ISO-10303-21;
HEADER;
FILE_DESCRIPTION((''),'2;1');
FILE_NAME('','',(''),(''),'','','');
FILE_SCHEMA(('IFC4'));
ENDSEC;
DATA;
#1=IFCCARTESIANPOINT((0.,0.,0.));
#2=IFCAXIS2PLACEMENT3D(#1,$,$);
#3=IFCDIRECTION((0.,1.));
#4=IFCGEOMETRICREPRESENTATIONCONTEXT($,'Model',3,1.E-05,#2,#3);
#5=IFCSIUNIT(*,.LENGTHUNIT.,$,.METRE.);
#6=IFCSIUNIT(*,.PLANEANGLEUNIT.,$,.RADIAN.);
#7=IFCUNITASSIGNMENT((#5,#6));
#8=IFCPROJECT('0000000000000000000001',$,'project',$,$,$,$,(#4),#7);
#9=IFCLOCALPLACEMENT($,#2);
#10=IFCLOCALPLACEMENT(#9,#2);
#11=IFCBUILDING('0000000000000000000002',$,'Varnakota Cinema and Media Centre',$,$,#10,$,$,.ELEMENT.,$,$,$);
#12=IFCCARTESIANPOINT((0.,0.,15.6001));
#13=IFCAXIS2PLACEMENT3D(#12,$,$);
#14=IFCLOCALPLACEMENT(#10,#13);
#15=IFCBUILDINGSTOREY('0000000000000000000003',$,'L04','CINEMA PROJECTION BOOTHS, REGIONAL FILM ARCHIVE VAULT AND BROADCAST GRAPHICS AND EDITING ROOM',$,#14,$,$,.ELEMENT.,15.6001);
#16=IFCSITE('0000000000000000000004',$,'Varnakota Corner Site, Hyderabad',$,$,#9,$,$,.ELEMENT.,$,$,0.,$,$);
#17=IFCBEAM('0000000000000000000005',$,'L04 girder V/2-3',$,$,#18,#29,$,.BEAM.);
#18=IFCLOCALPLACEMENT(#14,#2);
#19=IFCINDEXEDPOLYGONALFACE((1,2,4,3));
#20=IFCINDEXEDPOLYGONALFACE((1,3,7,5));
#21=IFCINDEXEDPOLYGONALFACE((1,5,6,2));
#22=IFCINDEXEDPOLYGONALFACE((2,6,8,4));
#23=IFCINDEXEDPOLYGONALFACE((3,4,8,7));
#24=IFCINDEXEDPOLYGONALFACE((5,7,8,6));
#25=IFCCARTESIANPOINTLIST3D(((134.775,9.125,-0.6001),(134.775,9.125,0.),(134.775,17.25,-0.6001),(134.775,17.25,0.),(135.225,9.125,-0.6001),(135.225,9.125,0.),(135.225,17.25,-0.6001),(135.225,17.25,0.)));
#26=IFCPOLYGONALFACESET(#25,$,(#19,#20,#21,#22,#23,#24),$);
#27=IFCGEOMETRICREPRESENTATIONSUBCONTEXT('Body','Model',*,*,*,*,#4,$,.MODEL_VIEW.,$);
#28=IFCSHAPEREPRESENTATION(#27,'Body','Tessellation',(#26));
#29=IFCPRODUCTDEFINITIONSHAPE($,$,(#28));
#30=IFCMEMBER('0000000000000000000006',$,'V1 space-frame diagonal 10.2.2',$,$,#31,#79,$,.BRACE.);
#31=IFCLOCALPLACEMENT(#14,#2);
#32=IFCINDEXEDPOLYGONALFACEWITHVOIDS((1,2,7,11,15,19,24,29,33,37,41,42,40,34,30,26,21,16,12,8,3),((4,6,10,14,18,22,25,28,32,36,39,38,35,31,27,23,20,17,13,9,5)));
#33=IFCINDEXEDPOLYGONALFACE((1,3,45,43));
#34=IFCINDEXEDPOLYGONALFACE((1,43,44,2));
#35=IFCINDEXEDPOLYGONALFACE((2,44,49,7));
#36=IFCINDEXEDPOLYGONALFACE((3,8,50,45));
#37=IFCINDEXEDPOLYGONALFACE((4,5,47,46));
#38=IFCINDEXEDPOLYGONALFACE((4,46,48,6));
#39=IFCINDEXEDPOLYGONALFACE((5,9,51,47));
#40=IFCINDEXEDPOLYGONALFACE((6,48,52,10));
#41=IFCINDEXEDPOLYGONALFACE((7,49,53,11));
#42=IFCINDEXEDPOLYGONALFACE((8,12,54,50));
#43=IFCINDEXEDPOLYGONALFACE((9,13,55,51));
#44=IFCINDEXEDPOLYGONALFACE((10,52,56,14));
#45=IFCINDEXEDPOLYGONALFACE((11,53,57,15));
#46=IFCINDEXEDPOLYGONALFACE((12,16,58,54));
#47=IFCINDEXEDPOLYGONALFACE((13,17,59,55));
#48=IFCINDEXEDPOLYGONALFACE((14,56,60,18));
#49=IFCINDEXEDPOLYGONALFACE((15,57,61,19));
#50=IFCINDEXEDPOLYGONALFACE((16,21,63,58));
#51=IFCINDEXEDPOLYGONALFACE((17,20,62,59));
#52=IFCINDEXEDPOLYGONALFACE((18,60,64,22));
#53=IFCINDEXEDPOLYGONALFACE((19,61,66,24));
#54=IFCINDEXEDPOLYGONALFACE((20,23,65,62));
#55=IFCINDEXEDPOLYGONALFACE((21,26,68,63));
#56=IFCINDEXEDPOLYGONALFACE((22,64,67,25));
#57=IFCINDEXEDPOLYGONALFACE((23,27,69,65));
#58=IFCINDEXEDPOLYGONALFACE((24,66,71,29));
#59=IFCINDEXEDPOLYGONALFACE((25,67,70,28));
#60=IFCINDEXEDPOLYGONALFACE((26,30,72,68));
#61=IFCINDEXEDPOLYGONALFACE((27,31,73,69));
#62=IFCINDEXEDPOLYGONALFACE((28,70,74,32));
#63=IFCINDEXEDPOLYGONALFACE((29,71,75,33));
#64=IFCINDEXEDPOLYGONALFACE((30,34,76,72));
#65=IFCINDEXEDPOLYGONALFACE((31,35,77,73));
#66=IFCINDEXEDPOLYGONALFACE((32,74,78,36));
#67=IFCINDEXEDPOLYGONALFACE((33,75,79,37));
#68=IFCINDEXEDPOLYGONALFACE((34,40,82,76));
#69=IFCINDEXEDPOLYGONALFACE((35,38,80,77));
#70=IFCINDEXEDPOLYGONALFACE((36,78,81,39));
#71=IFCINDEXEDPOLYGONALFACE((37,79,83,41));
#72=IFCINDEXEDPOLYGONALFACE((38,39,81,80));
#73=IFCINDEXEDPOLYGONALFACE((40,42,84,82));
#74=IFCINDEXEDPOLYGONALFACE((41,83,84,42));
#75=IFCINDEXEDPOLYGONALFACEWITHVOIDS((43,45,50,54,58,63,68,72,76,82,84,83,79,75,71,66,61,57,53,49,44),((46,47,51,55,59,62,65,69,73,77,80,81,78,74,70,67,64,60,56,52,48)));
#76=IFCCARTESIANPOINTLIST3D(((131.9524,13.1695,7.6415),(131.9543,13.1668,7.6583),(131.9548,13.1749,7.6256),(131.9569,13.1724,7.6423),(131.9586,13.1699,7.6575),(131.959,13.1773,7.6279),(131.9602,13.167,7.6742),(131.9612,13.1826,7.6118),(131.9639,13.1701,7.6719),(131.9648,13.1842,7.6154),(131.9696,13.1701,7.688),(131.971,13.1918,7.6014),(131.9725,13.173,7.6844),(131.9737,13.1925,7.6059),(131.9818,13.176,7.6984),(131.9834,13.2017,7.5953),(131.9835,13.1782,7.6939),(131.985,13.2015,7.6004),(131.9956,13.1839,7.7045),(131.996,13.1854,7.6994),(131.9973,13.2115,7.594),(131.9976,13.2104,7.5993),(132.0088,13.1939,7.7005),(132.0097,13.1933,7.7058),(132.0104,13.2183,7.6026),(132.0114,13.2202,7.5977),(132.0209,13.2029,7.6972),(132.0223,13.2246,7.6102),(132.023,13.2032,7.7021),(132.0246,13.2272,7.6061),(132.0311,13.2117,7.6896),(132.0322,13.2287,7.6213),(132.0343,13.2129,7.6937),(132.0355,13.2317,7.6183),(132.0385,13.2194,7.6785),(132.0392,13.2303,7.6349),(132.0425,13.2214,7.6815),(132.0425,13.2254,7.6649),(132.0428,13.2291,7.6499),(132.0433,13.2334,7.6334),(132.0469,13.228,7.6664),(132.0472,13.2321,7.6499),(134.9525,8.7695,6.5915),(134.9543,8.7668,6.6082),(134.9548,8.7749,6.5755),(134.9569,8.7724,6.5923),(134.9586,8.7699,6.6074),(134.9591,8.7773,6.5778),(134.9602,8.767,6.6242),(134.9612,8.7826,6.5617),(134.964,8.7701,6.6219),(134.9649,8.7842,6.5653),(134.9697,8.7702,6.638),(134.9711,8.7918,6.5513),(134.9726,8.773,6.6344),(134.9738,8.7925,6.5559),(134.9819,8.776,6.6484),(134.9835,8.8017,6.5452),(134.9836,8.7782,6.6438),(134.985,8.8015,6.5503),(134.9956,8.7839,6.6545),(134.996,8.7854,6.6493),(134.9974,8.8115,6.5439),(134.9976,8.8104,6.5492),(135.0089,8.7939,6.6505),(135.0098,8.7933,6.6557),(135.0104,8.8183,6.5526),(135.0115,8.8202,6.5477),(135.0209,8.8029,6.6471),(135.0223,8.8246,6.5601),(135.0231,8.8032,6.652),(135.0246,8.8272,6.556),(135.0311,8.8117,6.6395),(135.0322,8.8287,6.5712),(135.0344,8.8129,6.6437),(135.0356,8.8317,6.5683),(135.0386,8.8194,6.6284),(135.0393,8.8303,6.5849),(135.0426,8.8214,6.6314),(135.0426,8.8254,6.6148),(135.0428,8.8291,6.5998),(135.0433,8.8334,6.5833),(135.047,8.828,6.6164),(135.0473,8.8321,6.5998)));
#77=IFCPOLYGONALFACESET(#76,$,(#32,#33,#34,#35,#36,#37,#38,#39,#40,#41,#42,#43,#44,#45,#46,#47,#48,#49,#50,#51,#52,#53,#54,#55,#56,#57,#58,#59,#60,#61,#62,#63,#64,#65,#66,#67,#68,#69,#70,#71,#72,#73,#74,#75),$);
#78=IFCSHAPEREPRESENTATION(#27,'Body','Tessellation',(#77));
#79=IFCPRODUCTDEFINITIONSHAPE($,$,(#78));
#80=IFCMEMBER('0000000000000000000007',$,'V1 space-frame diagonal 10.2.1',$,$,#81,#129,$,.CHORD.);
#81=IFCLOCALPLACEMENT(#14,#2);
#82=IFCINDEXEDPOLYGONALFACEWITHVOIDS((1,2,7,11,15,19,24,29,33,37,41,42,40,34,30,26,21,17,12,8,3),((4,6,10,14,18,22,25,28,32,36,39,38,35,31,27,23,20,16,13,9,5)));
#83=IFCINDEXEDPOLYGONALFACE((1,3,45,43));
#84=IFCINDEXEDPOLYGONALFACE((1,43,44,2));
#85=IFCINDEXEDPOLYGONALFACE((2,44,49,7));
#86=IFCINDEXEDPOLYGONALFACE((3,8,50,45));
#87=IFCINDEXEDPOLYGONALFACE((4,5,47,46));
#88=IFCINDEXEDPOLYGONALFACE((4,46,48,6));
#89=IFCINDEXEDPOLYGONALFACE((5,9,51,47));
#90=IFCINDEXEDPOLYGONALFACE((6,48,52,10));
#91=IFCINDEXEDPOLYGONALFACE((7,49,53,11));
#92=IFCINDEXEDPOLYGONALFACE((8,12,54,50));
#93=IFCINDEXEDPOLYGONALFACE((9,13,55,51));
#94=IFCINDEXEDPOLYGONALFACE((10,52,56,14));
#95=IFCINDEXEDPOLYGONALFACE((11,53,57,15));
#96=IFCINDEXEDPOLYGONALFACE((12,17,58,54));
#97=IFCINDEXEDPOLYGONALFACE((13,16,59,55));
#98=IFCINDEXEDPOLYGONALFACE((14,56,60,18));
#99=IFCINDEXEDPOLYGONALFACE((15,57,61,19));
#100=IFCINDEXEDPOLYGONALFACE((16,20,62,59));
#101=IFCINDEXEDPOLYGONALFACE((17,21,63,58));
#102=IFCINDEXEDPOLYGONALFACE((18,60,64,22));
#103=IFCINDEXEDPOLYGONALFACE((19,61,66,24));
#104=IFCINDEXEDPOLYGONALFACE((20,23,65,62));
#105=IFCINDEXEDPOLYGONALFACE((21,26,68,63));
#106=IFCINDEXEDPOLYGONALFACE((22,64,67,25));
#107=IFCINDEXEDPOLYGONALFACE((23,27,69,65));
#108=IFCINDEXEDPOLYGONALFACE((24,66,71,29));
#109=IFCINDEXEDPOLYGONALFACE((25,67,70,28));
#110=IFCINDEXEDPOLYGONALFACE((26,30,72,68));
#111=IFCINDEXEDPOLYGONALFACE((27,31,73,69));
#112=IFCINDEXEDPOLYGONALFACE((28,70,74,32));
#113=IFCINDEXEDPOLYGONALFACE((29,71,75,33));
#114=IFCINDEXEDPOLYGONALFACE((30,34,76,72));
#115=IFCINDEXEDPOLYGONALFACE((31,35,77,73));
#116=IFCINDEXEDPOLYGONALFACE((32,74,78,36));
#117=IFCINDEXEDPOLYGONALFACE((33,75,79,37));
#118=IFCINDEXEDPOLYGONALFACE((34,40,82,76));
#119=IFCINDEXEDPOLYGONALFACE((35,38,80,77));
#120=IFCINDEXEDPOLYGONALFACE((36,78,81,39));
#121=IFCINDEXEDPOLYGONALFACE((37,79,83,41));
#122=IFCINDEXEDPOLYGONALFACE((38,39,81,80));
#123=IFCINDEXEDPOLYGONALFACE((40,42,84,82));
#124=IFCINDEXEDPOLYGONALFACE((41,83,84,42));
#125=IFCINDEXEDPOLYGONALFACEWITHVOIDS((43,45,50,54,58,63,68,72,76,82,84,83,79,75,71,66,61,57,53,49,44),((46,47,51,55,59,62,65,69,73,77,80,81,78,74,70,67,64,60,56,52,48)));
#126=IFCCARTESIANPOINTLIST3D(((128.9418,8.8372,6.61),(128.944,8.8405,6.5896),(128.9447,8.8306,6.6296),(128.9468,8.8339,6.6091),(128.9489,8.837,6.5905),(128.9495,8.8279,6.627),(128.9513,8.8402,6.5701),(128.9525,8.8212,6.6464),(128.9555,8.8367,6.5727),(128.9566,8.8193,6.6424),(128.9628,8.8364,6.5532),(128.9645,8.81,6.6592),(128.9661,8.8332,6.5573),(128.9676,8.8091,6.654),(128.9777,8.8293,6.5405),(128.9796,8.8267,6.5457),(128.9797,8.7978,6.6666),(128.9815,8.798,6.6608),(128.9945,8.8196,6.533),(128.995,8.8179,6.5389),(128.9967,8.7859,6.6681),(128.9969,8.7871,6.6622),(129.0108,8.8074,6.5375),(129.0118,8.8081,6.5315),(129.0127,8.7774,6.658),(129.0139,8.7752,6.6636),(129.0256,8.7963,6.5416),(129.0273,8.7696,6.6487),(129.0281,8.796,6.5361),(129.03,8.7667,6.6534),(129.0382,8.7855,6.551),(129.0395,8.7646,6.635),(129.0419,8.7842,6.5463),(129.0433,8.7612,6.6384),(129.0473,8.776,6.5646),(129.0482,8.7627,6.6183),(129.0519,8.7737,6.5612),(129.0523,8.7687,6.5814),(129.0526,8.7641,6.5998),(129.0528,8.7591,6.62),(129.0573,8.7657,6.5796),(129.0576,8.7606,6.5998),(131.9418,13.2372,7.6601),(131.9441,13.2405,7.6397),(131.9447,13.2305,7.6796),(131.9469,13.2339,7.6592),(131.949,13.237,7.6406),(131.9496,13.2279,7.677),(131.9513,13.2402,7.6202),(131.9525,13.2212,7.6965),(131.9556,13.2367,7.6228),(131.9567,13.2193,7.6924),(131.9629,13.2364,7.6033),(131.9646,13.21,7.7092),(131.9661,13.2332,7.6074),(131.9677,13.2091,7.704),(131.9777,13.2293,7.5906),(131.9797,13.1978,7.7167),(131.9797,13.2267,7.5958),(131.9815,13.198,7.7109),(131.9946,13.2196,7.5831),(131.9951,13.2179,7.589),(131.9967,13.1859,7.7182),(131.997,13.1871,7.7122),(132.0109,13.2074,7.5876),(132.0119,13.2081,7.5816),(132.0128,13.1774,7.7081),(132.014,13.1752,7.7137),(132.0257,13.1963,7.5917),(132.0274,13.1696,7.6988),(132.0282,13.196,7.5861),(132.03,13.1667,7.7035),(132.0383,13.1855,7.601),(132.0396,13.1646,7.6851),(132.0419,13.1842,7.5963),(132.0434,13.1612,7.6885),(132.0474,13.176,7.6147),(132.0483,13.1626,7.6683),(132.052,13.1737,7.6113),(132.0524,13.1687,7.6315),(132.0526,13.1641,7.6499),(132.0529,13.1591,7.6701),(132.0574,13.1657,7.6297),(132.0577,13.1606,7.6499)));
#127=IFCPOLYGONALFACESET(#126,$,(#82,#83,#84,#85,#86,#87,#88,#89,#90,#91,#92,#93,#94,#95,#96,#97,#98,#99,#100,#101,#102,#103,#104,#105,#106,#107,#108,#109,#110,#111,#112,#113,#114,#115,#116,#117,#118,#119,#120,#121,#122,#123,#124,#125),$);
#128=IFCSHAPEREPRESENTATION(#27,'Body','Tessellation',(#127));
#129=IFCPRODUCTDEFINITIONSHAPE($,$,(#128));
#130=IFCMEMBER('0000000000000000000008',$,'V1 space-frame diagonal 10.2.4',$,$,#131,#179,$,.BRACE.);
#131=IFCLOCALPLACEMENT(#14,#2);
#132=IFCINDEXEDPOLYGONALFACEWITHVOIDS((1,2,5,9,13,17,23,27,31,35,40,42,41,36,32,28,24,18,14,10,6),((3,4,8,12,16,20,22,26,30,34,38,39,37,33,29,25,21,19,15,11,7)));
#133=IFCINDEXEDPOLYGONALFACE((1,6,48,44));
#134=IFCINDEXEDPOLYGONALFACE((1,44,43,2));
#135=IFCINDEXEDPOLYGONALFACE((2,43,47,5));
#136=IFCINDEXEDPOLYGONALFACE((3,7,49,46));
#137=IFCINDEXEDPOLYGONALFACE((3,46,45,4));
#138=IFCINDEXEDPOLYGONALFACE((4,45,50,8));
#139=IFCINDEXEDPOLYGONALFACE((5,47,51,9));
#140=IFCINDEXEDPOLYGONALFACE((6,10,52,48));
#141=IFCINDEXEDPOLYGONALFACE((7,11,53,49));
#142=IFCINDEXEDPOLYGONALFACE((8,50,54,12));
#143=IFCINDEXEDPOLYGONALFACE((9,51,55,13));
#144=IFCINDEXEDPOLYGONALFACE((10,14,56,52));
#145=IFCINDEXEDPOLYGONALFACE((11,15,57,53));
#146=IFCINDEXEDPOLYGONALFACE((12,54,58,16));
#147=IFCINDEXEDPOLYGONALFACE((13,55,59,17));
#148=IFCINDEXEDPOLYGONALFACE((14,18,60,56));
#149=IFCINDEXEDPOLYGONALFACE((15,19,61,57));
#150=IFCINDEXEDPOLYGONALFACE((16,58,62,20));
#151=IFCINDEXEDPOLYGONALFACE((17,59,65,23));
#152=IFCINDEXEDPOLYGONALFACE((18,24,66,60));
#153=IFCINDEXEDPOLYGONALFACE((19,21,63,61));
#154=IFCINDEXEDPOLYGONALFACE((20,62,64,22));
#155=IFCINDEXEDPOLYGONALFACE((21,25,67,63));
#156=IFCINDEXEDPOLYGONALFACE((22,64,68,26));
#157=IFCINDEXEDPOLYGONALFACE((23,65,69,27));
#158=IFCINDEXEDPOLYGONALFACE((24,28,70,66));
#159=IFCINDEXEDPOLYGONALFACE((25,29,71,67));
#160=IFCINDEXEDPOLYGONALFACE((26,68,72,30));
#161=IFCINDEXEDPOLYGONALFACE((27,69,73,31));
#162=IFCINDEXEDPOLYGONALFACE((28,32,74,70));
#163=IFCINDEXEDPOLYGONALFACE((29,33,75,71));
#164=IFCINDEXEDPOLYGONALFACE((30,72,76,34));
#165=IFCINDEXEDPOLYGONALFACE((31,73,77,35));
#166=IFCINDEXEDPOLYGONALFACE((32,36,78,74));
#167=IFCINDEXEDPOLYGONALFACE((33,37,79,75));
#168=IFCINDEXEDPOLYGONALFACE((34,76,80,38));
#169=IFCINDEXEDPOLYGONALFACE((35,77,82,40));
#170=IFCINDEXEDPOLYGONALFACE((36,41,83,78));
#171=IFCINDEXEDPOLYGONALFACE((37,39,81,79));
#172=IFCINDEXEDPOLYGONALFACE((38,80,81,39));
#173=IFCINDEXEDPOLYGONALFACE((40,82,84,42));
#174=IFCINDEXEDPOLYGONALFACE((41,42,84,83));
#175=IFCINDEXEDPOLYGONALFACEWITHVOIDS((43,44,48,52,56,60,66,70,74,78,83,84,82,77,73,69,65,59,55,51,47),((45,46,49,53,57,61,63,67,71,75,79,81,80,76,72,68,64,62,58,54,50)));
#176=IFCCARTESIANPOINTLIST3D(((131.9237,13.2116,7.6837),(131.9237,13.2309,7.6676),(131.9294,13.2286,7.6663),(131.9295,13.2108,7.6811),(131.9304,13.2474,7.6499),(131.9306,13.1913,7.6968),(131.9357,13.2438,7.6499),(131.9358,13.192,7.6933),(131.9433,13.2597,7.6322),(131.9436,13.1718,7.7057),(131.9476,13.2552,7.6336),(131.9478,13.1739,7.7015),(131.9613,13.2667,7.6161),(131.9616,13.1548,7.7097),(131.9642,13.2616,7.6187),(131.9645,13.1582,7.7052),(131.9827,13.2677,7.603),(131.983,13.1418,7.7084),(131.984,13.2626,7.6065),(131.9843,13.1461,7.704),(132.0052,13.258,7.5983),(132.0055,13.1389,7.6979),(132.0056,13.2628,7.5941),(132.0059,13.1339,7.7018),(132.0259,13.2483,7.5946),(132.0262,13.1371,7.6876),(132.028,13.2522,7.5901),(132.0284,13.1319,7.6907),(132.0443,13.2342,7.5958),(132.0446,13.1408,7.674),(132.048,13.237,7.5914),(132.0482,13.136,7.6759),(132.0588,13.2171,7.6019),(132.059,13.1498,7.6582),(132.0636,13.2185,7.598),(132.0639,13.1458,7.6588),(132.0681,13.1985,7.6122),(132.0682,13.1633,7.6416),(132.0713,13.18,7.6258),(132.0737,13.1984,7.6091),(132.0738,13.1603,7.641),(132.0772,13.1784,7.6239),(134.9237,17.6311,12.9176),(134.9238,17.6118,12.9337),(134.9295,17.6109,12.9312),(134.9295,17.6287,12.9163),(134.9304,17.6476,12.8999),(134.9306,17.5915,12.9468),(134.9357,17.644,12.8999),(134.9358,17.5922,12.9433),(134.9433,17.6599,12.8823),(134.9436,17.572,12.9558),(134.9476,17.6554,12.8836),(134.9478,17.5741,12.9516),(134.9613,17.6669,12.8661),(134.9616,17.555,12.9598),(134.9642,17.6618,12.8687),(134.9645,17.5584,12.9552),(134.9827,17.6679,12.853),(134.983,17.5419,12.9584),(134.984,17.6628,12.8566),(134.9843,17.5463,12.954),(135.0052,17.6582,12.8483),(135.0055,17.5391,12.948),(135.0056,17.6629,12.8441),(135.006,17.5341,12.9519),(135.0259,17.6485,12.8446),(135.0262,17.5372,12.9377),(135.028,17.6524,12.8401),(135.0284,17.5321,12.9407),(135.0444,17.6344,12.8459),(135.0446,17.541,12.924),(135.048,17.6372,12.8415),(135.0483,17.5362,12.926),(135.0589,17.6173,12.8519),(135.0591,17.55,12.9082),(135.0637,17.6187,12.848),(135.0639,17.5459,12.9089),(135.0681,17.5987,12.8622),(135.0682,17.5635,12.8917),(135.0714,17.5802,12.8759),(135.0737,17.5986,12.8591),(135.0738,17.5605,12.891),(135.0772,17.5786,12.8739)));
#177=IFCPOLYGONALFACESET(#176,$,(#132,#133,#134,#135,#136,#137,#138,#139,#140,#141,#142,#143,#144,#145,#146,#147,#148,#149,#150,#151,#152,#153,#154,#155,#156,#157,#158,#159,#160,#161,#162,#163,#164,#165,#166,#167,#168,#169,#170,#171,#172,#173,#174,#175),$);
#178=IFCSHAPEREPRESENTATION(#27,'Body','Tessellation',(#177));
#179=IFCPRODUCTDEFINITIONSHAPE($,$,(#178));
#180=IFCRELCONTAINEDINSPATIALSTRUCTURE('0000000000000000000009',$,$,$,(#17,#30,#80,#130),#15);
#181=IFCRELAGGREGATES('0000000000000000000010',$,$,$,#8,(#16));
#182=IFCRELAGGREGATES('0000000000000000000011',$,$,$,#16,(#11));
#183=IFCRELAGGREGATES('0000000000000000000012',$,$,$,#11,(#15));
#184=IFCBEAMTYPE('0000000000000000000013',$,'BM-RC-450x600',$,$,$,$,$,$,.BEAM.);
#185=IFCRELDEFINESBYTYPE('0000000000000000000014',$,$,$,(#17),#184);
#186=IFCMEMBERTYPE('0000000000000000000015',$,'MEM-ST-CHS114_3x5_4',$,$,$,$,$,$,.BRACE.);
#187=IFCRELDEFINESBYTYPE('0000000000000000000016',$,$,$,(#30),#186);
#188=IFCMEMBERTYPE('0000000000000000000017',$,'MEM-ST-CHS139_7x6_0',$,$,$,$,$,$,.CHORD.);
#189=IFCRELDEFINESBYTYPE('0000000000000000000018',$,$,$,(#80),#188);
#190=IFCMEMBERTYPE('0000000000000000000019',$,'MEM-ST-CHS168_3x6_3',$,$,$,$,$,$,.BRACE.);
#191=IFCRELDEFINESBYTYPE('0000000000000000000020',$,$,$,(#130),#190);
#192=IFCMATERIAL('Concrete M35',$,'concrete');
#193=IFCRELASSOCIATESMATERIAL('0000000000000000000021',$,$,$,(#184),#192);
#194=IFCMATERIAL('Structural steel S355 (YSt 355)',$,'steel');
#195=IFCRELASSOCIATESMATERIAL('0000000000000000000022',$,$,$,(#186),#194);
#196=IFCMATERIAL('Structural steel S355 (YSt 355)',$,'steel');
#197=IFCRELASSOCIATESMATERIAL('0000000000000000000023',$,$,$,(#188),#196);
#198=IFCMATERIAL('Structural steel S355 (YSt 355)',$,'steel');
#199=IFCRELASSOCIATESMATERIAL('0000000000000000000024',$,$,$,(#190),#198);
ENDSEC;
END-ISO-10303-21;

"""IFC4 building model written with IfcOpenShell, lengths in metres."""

from ifc_helpers import new_model, si_unit, direction, frame, origin, origin_2d, place, context, subcontext, project, spatial, rectangle, hollow_circle, extrude, material, material_profile, profile_set, type_object, element, save


model = new_model("IFC4")

# Units and contexts
model_context = context("Model", 3, precision=1e-05, world=origin(), true_north=direction((0.0, 1.0)))
body_context = subcontext(model_context, "Body", "Model", "MODEL_VIEW")
ifc_project = project(units=[si_unit("LENGTHUNIT", "METRE"), si_unit("PLANEANGLEUNIT", "RADIAN")], contexts=[model_context])

# Site, building, storey
site_placement = place(None, origin())
site = spatial("IfcSite", under=ifc_project, at=site_placement, Name="Varnakota Corner Site, Hyderabad", CompositionType="ELEMENT", RefElevation=0.0)
building_placement = place(site_placement, origin())
building = spatial("IfcBuilding", under=site, at=building_placement, Name="Varnakota Cinema and Media Centre", CompositionType="ELEMENT")
storey_placement = place(building_placement, frame((0.0, 0.0, 15.6001)))
storey = spatial("IfcBuildingStorey", under=building, at=storey_placement, Name="L04", Description="CINEMA PROJECTION BOOTHS, REGIONAL FILM ARCHIVE VAULT AND BROADCAST GRAPHICS AND EDITING ROOM", CompositionType="ELEMENT", Elevation=15.6001)

# Beam
ifc_material_1 = material(Name="Concrete M35", Category="concrete")
ifc_material_profile_1 = material_profile(ifc_material_1, rectangle(XDim=0.45, YDim=0.6001, at=origin_2d()), Name="RCB 450x600")
ifc_profile_set_1 = profile_set([ifc_material_profile_1], Name="Concrete M35")
beam_type = type_object("IfcBeamType", Name="BM-RC-450x600", PredefinedType="BEAM", material=ifc_profile_set_1)
beam_placement = place(storey_placement, frame((135.0, 9.125, -0.3), z_axis=(0.0, 1.0, 0.0), x_axis=(-1.0, 0.0, 0.0)))
element("IfcBeam", 1, at=beam_placement, inside=storey, type_object=beam_type, Name="L04 girder V/2-3", PredefinedType="BEAM", context=body_context, shape_type="SweptSolid", body=[
    extrude(rectangle(XDim=0.45, YDim=0.6001, at=origin_2d()), origin(), (0.0, 0.0, 1.0), 8.125),
])

# Members
ifc_material_2 = material(Name="Structural steel S355 (YSt 355)", Category="steel")
ifc_material_profile_2 = material_profile(ifc_material_2, hollow_circle(Radius=0.0571, WallThickness=0.0054, at=origin_2d()), Name="CHS 114.3x5.4")
ifc_profile_set_2 = profile_set([ifc_material_profile_2], Name="Structural steel S355 (YSt 355)")
member_type_1 = type_object("IfcMemberType", Name="MEM-ST-CHS114_3x5_4", PredefinedType="BRACE", material=ifc_profile_set_2)
member_1_placement = place(storey_placement, frame((132.0, 13.2, 7.6499), z_axis=(0.552703, -0.810613, -0.193455), x_axis=(0.826222, 0.563345, 0.0)))
element("IfcMember", 2, at=member_1_placement, inside=storey, type_object=member_type_1, Name="V1 space-frame diagonal 10.2.2", PredefinedType="BRACE", context=body_context, shape_type="SweptSolid", body=[
    extrude(hollow_circle(Radius=0.0571, WallThickness=0.0054, at=origin_2d()), origin(), (0.0, 0.0, 1.0), 5.428),
])
ifc_material_3 = material(Name="Structural steel S355 (YSt 355)", Category="steel")
ifc_material_profile_3 = material_profile(ifc_material_3, hollow_circle(Radius=0.0698, WallThickness=0.0061, at=origin_2d()), Name="CHS 139.7x6.0")
ifc_profile_set_3 = profile_set([ifc_material_profile_3], Name="Structural steel S355 (YSt 355)")
member_type_2 = type_object("IfcMemberType", Name="MEM-ST-CHS139_7x6_0", PredefinedType="CHORD", material=ifc_profile_set_3)
member_2_placement = place(storey_placement, frame((132.0, 13.2, 7.6499), z_axis=(-0.552703, -0.810613, -0.193455), x_axis=(0.826222, -0.563345, 0.0)))
element("IfcMember", 3, at=member_2_placement, inside=storey, type_object=member_type_2, Name="V1 space-frame diagonal 10.2.1", PredefinedType="CHORD", context=body_context, shape_type="SweptSolid", body=[
    extrude(hollow_circle(Radius=0.0698, WallThickness=0.0061, at=origin_2d()), origin(), (0.0, 0.0, 1.0), 5.428),
])
ifc_material_4 = material(Name="Structural steel S355 (YSt 355)", Category="steel")
ifc_material_profile_4 = material_profile(ifc_material_4, hollow_circle(Radius=0.0842, WallThickness=0.0063, at=origin_2d()), Name="CHS 168.3x6.3")
ifc_profile_set_4 = profile_set([ifc_material_profile_4], Name="Structural steel S355 (YSt 355)")
member_type_3 = type_object("IfcMemberType", Name="MEM-ST-CHS168_3x6_3", PredefinedType="BRACE", material=ifc_profile_set_4)
member_3_placement = place(storey_placement, frame((132.0, 13.2, 7.6499), z_axis=(0.401165, 0.588395, 0.702039), x_axis=(-0.826236, 0.563324, 0.0)))
element("IfcMember", 4, at=member_3_placement, inside=storey, type_object=member_type_3, Name="V1 space-frame diagonal 10.2.4", PredefinedType="BRACE", context=body_context, shape_type="SweptSolid", body=[
    extrude(hollow_circle(Radius=0.0842, WallThickness=0.0063, at=origin_2d()), origin(), (0.0, 0.0, 1.0), 7.4783),
])

save(model, "model.ifc")
